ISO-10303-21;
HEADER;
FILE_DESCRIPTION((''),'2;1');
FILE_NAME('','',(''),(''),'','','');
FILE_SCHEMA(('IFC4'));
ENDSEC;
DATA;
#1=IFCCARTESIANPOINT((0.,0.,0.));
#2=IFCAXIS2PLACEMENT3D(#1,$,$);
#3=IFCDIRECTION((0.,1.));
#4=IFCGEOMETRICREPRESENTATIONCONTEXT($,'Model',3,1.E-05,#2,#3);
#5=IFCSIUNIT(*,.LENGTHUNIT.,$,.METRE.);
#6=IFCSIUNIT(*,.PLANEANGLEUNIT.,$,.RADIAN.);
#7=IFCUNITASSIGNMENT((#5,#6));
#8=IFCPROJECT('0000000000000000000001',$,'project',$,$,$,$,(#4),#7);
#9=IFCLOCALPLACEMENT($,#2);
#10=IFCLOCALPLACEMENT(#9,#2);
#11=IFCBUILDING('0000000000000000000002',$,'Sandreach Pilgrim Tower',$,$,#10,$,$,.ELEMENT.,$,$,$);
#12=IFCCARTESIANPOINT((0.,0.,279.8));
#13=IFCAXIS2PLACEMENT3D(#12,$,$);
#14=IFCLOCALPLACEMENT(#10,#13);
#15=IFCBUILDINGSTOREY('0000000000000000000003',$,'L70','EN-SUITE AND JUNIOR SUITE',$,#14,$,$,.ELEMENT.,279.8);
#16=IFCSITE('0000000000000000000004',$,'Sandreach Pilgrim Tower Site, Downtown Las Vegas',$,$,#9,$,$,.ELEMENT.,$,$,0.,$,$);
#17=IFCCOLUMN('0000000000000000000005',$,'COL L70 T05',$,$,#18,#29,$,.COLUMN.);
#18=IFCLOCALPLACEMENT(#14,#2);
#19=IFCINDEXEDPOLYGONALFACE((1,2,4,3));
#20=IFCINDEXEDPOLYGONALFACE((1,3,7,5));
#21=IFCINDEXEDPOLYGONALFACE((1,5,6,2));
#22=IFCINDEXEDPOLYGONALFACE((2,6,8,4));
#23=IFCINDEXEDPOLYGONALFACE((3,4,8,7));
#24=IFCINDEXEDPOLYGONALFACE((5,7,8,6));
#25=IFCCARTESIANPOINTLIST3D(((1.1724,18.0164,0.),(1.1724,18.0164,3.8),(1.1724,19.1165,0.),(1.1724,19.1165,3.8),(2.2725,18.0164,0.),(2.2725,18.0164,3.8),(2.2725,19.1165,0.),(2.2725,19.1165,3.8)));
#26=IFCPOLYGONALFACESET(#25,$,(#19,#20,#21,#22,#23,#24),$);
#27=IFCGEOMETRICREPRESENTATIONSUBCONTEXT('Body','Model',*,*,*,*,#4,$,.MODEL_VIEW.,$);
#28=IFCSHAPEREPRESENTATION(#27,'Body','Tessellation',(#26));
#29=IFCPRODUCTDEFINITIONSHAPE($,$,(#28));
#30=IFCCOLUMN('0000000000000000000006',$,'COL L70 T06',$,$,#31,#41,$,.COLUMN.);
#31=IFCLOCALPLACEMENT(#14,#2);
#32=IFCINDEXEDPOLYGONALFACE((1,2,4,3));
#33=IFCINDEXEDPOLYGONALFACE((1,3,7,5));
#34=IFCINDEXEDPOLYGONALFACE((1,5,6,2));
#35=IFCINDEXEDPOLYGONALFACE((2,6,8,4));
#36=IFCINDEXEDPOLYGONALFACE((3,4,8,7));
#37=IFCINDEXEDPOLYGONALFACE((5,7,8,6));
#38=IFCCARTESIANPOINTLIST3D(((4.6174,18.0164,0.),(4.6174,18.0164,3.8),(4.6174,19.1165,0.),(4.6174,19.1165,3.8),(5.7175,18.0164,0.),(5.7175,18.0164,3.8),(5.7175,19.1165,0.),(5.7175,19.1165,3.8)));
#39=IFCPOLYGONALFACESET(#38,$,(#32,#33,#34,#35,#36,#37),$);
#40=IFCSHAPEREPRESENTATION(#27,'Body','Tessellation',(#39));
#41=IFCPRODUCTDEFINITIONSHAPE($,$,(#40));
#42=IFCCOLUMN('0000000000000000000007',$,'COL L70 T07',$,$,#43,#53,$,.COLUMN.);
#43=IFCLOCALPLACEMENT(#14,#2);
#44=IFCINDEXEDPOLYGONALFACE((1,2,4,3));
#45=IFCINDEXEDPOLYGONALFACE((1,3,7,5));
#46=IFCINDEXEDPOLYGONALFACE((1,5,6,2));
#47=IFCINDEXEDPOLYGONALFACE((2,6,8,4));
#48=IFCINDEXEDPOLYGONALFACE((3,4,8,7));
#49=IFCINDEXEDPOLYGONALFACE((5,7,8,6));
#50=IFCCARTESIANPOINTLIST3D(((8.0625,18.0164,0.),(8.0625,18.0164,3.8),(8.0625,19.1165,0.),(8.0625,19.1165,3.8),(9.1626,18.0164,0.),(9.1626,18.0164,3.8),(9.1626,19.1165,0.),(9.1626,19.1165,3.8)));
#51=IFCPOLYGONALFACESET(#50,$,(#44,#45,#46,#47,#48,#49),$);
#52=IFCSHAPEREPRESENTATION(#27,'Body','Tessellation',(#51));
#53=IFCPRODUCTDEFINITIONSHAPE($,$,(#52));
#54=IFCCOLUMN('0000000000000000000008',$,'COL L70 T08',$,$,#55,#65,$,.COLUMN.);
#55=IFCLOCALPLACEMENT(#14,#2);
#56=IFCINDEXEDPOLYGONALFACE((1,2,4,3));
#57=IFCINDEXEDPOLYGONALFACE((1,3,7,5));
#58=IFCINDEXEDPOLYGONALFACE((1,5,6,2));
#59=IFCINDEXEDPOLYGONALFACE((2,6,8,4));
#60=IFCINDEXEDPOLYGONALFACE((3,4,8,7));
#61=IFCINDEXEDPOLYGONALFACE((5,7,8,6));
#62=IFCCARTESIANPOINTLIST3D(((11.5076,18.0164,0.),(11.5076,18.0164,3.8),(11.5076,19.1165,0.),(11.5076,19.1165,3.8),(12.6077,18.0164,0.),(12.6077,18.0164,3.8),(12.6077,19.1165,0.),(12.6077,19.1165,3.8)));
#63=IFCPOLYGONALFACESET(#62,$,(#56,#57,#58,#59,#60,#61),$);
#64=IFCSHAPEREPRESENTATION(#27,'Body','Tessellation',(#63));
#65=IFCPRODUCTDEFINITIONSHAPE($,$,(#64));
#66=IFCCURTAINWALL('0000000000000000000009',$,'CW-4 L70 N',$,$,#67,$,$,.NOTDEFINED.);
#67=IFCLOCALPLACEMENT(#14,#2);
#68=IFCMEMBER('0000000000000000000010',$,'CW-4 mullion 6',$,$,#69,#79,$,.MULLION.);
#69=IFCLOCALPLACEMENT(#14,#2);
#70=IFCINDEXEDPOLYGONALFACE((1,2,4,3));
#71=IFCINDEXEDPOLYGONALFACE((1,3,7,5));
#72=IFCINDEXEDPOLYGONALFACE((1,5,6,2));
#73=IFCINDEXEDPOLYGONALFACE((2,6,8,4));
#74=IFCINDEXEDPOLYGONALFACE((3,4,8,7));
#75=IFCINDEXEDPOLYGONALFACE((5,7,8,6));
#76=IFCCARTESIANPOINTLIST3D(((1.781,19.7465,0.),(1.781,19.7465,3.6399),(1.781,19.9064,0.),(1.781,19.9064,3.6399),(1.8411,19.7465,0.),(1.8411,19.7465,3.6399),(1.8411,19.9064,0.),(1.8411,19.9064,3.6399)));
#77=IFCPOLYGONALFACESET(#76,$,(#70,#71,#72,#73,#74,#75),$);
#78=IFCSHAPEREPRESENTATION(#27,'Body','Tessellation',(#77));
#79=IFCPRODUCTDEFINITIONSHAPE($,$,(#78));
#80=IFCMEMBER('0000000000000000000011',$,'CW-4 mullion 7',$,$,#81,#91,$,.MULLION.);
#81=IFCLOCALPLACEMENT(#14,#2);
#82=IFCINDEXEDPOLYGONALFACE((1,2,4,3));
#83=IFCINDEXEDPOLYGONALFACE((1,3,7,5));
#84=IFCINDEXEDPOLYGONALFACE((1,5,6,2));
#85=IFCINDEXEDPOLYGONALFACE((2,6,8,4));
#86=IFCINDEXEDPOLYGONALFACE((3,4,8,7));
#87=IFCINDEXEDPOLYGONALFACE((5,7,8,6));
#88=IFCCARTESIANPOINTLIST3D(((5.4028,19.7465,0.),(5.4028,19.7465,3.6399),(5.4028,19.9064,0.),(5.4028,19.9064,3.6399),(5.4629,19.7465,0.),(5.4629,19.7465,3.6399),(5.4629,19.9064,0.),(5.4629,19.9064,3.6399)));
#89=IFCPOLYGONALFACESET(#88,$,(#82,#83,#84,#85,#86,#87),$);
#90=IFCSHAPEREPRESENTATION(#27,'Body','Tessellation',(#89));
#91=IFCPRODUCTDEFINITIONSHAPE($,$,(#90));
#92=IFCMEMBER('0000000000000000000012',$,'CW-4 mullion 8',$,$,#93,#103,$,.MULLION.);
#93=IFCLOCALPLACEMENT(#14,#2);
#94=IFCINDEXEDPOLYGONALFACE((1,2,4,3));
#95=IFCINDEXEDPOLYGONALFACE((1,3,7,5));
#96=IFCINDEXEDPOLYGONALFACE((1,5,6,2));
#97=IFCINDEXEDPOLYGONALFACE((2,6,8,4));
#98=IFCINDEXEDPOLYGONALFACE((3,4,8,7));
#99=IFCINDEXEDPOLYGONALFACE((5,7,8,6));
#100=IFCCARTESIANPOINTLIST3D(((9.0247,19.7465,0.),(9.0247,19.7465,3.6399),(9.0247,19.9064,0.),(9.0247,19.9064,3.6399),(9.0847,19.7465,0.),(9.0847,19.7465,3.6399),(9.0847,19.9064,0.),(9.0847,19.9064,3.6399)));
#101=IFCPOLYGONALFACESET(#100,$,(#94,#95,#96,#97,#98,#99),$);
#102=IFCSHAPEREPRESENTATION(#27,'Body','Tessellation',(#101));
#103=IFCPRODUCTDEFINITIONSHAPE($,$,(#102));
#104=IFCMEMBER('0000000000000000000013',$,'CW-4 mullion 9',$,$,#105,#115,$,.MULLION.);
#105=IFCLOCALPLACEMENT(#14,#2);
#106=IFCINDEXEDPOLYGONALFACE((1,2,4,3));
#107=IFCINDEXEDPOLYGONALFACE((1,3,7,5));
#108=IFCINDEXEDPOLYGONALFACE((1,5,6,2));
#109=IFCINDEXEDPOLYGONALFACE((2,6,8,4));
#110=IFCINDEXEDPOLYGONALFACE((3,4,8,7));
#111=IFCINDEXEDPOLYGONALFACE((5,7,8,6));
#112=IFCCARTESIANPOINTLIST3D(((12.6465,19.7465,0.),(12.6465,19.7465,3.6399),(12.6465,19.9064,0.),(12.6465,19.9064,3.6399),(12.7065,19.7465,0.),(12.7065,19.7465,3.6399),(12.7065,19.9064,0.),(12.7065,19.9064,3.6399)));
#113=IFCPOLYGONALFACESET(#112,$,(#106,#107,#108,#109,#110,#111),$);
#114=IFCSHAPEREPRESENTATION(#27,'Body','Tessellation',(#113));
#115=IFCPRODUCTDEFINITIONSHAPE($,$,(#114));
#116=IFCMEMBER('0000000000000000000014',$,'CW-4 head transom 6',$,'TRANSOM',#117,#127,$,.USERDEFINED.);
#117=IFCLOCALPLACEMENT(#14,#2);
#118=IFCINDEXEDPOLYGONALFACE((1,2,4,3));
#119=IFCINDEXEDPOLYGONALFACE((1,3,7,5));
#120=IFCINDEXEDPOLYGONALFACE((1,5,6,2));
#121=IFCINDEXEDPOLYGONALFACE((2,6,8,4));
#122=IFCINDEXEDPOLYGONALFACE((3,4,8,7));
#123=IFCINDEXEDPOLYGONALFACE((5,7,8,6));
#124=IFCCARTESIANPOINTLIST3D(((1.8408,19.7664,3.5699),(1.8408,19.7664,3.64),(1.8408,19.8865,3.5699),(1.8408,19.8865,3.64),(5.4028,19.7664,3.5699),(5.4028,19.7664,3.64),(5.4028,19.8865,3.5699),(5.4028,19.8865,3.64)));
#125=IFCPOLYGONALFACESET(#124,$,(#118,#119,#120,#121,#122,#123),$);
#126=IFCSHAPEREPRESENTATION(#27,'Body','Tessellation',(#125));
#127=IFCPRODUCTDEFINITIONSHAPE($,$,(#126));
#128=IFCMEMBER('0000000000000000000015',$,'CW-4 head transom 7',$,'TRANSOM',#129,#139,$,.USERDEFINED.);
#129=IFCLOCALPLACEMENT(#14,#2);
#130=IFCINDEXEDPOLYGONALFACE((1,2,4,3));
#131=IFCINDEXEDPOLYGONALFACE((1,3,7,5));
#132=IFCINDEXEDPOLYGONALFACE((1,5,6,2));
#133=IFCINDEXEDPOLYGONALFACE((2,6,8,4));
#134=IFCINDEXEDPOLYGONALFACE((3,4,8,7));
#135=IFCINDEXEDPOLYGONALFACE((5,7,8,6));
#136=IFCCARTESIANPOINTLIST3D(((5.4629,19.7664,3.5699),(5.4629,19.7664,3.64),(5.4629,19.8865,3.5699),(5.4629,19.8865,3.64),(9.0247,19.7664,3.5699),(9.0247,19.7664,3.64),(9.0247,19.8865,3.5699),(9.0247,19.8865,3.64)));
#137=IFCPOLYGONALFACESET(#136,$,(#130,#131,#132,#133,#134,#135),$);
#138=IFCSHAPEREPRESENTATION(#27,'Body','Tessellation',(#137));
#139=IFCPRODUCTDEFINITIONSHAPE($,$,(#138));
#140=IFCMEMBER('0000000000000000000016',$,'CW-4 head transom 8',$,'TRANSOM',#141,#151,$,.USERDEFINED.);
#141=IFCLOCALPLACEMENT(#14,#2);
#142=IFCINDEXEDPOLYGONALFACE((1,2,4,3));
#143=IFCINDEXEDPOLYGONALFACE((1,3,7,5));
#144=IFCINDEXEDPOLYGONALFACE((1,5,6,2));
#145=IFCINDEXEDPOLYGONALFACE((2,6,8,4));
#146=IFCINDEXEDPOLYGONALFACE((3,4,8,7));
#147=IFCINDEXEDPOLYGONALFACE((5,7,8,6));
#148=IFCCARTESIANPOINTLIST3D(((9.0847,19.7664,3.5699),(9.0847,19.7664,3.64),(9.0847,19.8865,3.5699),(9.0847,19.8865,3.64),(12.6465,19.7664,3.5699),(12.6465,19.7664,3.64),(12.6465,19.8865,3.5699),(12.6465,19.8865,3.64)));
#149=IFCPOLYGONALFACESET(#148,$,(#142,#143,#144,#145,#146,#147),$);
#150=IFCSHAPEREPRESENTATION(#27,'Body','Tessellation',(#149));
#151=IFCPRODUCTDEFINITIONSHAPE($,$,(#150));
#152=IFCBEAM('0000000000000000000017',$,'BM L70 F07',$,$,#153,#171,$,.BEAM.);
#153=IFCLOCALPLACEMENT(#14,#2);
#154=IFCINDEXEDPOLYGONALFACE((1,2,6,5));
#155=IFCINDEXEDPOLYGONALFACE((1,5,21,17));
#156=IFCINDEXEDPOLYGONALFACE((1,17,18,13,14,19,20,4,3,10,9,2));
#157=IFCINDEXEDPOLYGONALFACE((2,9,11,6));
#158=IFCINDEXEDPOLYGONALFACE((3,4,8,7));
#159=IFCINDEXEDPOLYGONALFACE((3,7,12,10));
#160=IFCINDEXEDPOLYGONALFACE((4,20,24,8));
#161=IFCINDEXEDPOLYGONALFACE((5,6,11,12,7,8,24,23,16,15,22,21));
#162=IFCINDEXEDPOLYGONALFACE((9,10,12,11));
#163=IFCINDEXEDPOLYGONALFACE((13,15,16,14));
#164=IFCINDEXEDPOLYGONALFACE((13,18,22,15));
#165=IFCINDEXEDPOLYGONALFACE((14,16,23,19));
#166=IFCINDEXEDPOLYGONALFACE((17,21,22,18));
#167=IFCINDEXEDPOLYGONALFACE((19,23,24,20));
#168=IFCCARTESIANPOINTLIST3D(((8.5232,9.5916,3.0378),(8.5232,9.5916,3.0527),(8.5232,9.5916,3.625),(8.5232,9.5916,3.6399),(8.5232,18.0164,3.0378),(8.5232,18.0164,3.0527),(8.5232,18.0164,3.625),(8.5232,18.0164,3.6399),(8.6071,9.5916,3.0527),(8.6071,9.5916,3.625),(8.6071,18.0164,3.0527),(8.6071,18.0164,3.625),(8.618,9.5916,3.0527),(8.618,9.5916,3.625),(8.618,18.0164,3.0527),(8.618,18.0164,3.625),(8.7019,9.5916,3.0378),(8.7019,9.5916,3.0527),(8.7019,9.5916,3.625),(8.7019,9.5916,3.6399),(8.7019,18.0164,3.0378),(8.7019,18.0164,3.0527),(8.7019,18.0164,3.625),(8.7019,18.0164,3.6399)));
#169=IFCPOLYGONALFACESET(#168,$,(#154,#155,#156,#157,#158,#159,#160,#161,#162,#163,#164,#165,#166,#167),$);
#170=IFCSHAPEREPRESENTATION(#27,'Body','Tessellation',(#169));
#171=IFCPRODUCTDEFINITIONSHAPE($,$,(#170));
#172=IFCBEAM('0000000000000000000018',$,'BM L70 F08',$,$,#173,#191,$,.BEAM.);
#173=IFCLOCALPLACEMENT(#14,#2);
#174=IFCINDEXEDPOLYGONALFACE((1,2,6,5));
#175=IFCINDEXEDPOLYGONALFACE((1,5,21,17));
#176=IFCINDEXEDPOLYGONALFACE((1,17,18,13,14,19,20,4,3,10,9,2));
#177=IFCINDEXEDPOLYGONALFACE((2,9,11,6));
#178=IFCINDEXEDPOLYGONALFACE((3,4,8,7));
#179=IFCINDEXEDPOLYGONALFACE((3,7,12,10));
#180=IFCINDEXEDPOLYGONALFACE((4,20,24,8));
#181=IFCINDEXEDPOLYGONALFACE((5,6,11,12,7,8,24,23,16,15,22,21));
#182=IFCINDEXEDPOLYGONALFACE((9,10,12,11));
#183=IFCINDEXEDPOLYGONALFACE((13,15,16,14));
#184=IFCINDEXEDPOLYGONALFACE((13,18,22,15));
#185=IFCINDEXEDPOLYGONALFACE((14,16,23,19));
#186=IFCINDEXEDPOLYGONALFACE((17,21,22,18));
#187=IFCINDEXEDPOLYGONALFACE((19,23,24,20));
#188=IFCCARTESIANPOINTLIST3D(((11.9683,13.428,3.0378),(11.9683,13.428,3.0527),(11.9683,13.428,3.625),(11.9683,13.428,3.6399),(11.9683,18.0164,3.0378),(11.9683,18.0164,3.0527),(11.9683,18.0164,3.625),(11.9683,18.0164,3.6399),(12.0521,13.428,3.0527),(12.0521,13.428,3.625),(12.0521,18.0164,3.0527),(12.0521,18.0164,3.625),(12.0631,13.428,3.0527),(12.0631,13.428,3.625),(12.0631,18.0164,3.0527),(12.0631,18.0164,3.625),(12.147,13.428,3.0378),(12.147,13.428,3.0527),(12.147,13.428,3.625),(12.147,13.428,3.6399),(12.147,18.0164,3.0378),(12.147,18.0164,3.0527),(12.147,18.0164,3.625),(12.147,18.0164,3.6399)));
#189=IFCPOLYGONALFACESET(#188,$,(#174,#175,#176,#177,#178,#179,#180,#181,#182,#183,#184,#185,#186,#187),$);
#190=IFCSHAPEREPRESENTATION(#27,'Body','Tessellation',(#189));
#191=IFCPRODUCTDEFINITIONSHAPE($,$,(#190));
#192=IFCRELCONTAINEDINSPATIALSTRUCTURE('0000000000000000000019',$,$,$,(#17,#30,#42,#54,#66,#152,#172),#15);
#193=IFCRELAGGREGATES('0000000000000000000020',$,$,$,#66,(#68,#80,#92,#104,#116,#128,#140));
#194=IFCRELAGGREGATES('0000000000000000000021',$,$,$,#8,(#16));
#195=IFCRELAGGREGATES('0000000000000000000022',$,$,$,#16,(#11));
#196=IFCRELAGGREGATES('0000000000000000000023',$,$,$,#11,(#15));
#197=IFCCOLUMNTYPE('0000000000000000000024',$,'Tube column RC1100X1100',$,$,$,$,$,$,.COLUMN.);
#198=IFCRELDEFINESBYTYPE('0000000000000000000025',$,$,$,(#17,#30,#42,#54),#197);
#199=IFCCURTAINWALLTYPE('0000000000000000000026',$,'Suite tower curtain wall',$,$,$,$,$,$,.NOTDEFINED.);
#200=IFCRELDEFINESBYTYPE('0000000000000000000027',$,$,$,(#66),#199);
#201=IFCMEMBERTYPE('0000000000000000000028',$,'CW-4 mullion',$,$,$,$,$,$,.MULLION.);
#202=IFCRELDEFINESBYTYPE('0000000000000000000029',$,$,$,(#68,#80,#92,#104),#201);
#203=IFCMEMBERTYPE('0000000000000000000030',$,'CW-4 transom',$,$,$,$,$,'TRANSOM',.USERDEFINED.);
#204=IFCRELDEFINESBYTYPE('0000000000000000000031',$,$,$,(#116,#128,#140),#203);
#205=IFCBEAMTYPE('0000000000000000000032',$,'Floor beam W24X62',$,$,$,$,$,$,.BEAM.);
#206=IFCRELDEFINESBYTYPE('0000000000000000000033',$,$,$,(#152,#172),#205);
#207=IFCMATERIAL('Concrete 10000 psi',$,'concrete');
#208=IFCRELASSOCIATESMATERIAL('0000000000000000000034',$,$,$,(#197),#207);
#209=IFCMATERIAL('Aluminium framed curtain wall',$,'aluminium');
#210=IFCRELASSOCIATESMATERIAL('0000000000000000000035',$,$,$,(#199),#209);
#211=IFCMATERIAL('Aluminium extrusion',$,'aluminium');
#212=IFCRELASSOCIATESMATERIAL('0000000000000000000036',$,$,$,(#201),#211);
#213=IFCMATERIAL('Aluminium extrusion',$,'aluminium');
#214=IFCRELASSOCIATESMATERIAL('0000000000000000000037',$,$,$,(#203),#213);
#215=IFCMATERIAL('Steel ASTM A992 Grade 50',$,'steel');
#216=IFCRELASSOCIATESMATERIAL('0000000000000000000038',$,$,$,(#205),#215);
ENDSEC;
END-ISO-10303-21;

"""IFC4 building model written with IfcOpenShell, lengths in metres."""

from ifc_helpers import new_model, si_unit, direction, frame, origin, origin_2d, place, context, subcontext, project, spatial, rectangle, i_section, extrude, material, material_profile, profile_set, type_object, element, aggregate, save


model = new_model("IFC4")

# Units and contexts
model_context = context("Model", 3, precision=1e-05, world=origin(), true_north=direction((0.0, 1.0)))
body_context = subcontext(model_context, "Body", "Model", "MODEL_VIEW")
ifc_project = project(units=[si_unit("LENGTHUNIT", "METRE"), si_unit("PLANEANGLEUNIT", "RADIAN")], contexts=[model_context])

# Site, building, storey
site_placement = place(None, origin())
site = spatial("IfcSite", under=ifc_project, at=site_placement, Name="Sandreach Pilgrim Tower Site, Downtown Las Vegas", CompositionType="ELEMENT", RefElevation=0.0)
building_placement = place(site_placement, origin())
building = spatial("IfcBuilding", under=site, at=building_placement, Name="Sandreach Pilgrim Tower", CompositionType="ELEMENT")
storey_placement = place(building_placement, frame((0.0, 0.0, 279.8)))
storey = spatial("IfcBuildingStorey", under=building, at=storey_placement, Name="L70", Description="EN-SUITE AND JUNIOR SUITE", CompositionType="ELEMENT", Elevation=279.8)

# Columns
ifc_material_1 = material(Name="Concrete 10000 psi", Category="concrete")
ifc_material_profile_1 = material_profile(ifc_material_1, rectangle(XDim=1.1001, YDim=1.1001, at=origin_2d()), Name="RC1100X1100")
ifc_profile_set_1 = profile_set([ifc_material_profile_1], Name="Concrete 10000 psi")
column_type = type_object("IfcColumnType", Name="Tube column RC1100X1100", PredefinedType="COLUMN", material=ifc_profile_set_1)
for number, where, z_axis, x_axis, name in (
    (1, (1.7224, 18.5664, 0.0), (0.0, 0.0, 1.0), (0.0, 1.0, 0.0), "COL L70 T05"),
    (2, (5.1675, 18.5664, 0.0), (0.0, 0.0, 1.0), (0.0, 1.0, 0.0), "COL L70 T06"),
    (3, (8.6125, 18.5664, 0.0), (0.0, 0.0, 1.0), (0.0, 1.0, 0.0), "COL L70 T07"),
    (4, (12.0576, 18.5664, 0.0), (0.0, 0.0, 1.0), (0.0, 1.0, 0.0), "COL L70 T08"),
):
    element("IfcColumn", number, at=place(storey_placement, frame(where, z_axis=z_axis, x_axis=x_axis)), inside=storey, type_object=column_type, Name=name, PredefinedType="COLUMN", context=body_context, shape_type="SweptSolid", body=[
        extrude(rectangle(XDim=1.1001, YDim=1.1001, at=origin_2d()), origin(), (0.0, 0.0, 1.0), 3.8),
    ])

# Curtain wall, members
ifc_material_2 = material(Name="Aluminium framed curtain wall", Category="aluminium")
curtain_wall_type = type_object("IfcCurtainWallType", Name="Suite tower curtain wall", PredefinedType="NOTDEFINED", material=ifc_material_2)
curtain_wall_placement = place(storey_placement, origin())
curtain_wall = element("IfcCurtainWall", 5, at=curtain_wall_placement, inside=storey, type_object=curtain_wall_type, Name="CW-4 L70 N", PredefinedType="NOTDEFINED")
ifc_material_3 = material(Name="Aluminium extrusion", Category="aluminium")
ifc_material_profile_2 = material_profile(ifc_material_3, rectangle(XDim=0.0601, YDim=0.1599, at=origin_2d()), Name="CW-4M 60X160")
ifc_profile_set_2 = profile_set([ifc_material_profile_2], Name="Aluminium extrusion")
member_type_1 = type_object("IfcMemberType", Name="CW-4 mullion", PredefinedType="MULLION", material=ifc_profile_set_2)
member_1_placement = place(storey_placement, frame((1.811, 19.8264, 0.0), z_axis=(0.0, 0.0, 1.0), x_axis=(1.0, 0.0, 0.0)))
member_1 = element("IfcMember", 6, at=member_1_placement, type_object=member_type_1, Name="CW-4 mullion 6", PredefinedType="MULLION", context=body_context, shape_type="SweptSolid", body=[
    extrude(rectangle(XDim=0.0601, YDim=0.1599, at=origin_2d()), origin(), (0.0, 0.0, 1.0), 3.6399),
])
member_2_placement = place(storey_placement, frame((5.4329, 19.8264, 0.0), z_axis=(0.0, 0.0, 1.0), x_axis=(1.0, 0.0, 0.0)))
member_2 = element("IfcMember", 7, at=member_2_placement, type_object=member_type_1, Name="CW-4 mullion 7", PredefinedType="MULLION", context=body_context, shape_type="SweptSolid", body=[
    extrude(rectangle(XDim=0.0601, YDim=0.1599, at=origin_2d()), origin(), (0.0, 0.0, 1.0), 3.6399),
])
member_3_placement = place(storey_placement, frame((9.0547, 19.8264, 0.0), z_axis=(0.0, 0.0, 1.0), x_axis=(1.0, 0.0, 0.0)))
member_3 = element("IfcMember", 8, at=member_3_placement, type_object=member_type_1, Name="CW-4 mullion 8", PredefinedType="MULLION", context=body_context, shape_type="SweptSolid", body=[
    extrude(rectangle(XDim=0.0601, YDim=0.1599, at=origin_2d()), origin(), (0.0, 0.0, 1.0), 3.6399),
])
member_4_placement = place(storey_placement, frame((12.6765, 19.8264, 0.0), z_axis=(0.0, 0.0, 1.0), x_axis=(1.0, 0.0, 0.0)))
member_4 = element("IfcMember", 9, at=member_4_placement, type_object=member_type_1, Name="CW-4 mullion 9", PredefinedType="MULLION", context=body_context, shape_type="SweptSolid", body=[
    extrude(rectangle(XDim=0.0601, YDim=0.1599, at=origin_2d()), origin(), (0.0, 0.0, 1.0), 3.6399),
])
ifc_material_4 = material(Name="Aluminium extrusion", Category="aluminium")
ifc_material_profile_3 = material_profile(ifc_material_4, rectangle(XDim=0.1201, YDim=0.0701, at=origin_2d()), Name="CW-4T 120X70")
ifc_profile_set_3 = profile_set([ifc_material_profile_3], Name="Aluminium extrusion")
member_type_2 = type_object("IfcMemberType", Name="CW-4 transom", ElementType="TRANSOM", PredefinedType="USERDEFINED", material=ifc_profile_set_3)
member_5_placement = place(storey_placement, frame((1.8408, 19.8264, 3.605), z_axis=(1.0, 0.0, 0.0), x_axis=(0.0, 1.0, 0.0)))
member_5 = element("IfcMember", 10, at=member_5_placement, type_object=member_type_2, Name="CW-4 head transom 6", ObjectType="TRANSOM", PredefinedType="USERDEFINED", context=body_context, shape_type="SweptSolid", body=[
    extrude(rectangle(XDim=0.1201, YDim=0.0701, at=origin_2d()), origin(), (0.0, 0.0, 1.0), 3.562),
])
member_6_placement = place(storey_placement, frame((5.4629, 19.8264, 3.605), z_axis=(1.0, 0.0, 0.0), x_axis=(0.0, 1.0, 0.0)))
member_6 = element("IfcMember", 11, at=member_6_placement, type_object=member_type_2, Name="CW-4 head transom 7", ObjectType="TRANSOM", PredefinedType="USERDEFINED", context=body_context, shape_type="SweptSolid", body=[
    extrude(rectangle(XDim=0.1201, YDim=0.0701, at=origin_2d()), origin(), (0.0, 0.0, 1.0), 3.5618),
])
member_7_placement = place(storey_placement, frame((9.0847, 19.8264, 3.605), z_axis=(1.0, 0.0, 0.0), x_axis=(0.0, 1.0, 0.0)))
member_7 = element("IfcMember", 12, at=member_7_placement, type_object=member_type_2, Name="CW-4 head transom 8", ObjectType="TRANSOM", PredefinedType="USERDEFINED", context=body_context, shape_type="SweptSolid", body=[
    extrude(rectangle(XDim=0.1201, YDim=0.0701, at=origin_2d()), origin(), (0.0, 0.0, 1.0), 3.5618),
])

# Beams
ifc_material_5 = material(Name="Steel ASTM A992 Grade 50", Category="steel")
ifc_material_profile_4 = material_profile(ifc_material_5, i_section(OverallWidth=0.1787, OverallDepth=0.6021, WebThickness=0.011, FlangeThickness=0.0149, at=origin_2d()), Name="W24X62")
ifc_profile_set_4 = profile_set([ifc_material_profile_4], Name="Steel ASTM A992 Grade 50")
beam_type_1 = type_object("IfcBeamType", Name="Floor beam W24X62", PredefinedType="BEAM", material=ifc_profile_set_4)
beam_1_placement = place(storey_placement, frame((8.6125, 18.0164, 3.3389), z_axis=(0.0, -1.0, 0.0), x_axis=(1.0, 0.0, 0.0)))
element("IfcBeam", 13, at=beam_1_placement, inside=storey, type_object=beam_type_1, Name="BM L70 F07", PredefinedType="BEAM", context=body_context, shape_type="SweptSolid", body=[
    extrude(i_section(OverallWidth=0.1787, OverallDepth=0.6021, WebThickness=0.011, FlangeThickness=0.0149, at=origin_2d()), origin(), (0.0, 0.0, 1.0), 8.4248),
])
beam_2_placement = place(storey_placement, frame((12.0576, 18.0164, 3.3389), z_axis=(0.0, -1.0, 0.0), x_axis=(1.0, 0.0, 0.0)))
element("IfcBeam", 14, at=beam_2_placement, inside=storey, type_object=beam_type_1, Name="BM L70 F08", PredefinedType="BEAM", context=body_context, shape_type="SweptSolid", body=[
    extrude(i_section(OverallWidth=0.1787, OverallDepth=0.6021, WebThickness=0.011, FlangeThickness=0.0149, at=origin_2d()), origin(), (0.0, 0.0, 1.0), 4.5884),
])

aggregate(curtain_wall, [member_1, member_2, member_3, member_4, member_5, member_6, member_7])

save(model, "model.ifc")
